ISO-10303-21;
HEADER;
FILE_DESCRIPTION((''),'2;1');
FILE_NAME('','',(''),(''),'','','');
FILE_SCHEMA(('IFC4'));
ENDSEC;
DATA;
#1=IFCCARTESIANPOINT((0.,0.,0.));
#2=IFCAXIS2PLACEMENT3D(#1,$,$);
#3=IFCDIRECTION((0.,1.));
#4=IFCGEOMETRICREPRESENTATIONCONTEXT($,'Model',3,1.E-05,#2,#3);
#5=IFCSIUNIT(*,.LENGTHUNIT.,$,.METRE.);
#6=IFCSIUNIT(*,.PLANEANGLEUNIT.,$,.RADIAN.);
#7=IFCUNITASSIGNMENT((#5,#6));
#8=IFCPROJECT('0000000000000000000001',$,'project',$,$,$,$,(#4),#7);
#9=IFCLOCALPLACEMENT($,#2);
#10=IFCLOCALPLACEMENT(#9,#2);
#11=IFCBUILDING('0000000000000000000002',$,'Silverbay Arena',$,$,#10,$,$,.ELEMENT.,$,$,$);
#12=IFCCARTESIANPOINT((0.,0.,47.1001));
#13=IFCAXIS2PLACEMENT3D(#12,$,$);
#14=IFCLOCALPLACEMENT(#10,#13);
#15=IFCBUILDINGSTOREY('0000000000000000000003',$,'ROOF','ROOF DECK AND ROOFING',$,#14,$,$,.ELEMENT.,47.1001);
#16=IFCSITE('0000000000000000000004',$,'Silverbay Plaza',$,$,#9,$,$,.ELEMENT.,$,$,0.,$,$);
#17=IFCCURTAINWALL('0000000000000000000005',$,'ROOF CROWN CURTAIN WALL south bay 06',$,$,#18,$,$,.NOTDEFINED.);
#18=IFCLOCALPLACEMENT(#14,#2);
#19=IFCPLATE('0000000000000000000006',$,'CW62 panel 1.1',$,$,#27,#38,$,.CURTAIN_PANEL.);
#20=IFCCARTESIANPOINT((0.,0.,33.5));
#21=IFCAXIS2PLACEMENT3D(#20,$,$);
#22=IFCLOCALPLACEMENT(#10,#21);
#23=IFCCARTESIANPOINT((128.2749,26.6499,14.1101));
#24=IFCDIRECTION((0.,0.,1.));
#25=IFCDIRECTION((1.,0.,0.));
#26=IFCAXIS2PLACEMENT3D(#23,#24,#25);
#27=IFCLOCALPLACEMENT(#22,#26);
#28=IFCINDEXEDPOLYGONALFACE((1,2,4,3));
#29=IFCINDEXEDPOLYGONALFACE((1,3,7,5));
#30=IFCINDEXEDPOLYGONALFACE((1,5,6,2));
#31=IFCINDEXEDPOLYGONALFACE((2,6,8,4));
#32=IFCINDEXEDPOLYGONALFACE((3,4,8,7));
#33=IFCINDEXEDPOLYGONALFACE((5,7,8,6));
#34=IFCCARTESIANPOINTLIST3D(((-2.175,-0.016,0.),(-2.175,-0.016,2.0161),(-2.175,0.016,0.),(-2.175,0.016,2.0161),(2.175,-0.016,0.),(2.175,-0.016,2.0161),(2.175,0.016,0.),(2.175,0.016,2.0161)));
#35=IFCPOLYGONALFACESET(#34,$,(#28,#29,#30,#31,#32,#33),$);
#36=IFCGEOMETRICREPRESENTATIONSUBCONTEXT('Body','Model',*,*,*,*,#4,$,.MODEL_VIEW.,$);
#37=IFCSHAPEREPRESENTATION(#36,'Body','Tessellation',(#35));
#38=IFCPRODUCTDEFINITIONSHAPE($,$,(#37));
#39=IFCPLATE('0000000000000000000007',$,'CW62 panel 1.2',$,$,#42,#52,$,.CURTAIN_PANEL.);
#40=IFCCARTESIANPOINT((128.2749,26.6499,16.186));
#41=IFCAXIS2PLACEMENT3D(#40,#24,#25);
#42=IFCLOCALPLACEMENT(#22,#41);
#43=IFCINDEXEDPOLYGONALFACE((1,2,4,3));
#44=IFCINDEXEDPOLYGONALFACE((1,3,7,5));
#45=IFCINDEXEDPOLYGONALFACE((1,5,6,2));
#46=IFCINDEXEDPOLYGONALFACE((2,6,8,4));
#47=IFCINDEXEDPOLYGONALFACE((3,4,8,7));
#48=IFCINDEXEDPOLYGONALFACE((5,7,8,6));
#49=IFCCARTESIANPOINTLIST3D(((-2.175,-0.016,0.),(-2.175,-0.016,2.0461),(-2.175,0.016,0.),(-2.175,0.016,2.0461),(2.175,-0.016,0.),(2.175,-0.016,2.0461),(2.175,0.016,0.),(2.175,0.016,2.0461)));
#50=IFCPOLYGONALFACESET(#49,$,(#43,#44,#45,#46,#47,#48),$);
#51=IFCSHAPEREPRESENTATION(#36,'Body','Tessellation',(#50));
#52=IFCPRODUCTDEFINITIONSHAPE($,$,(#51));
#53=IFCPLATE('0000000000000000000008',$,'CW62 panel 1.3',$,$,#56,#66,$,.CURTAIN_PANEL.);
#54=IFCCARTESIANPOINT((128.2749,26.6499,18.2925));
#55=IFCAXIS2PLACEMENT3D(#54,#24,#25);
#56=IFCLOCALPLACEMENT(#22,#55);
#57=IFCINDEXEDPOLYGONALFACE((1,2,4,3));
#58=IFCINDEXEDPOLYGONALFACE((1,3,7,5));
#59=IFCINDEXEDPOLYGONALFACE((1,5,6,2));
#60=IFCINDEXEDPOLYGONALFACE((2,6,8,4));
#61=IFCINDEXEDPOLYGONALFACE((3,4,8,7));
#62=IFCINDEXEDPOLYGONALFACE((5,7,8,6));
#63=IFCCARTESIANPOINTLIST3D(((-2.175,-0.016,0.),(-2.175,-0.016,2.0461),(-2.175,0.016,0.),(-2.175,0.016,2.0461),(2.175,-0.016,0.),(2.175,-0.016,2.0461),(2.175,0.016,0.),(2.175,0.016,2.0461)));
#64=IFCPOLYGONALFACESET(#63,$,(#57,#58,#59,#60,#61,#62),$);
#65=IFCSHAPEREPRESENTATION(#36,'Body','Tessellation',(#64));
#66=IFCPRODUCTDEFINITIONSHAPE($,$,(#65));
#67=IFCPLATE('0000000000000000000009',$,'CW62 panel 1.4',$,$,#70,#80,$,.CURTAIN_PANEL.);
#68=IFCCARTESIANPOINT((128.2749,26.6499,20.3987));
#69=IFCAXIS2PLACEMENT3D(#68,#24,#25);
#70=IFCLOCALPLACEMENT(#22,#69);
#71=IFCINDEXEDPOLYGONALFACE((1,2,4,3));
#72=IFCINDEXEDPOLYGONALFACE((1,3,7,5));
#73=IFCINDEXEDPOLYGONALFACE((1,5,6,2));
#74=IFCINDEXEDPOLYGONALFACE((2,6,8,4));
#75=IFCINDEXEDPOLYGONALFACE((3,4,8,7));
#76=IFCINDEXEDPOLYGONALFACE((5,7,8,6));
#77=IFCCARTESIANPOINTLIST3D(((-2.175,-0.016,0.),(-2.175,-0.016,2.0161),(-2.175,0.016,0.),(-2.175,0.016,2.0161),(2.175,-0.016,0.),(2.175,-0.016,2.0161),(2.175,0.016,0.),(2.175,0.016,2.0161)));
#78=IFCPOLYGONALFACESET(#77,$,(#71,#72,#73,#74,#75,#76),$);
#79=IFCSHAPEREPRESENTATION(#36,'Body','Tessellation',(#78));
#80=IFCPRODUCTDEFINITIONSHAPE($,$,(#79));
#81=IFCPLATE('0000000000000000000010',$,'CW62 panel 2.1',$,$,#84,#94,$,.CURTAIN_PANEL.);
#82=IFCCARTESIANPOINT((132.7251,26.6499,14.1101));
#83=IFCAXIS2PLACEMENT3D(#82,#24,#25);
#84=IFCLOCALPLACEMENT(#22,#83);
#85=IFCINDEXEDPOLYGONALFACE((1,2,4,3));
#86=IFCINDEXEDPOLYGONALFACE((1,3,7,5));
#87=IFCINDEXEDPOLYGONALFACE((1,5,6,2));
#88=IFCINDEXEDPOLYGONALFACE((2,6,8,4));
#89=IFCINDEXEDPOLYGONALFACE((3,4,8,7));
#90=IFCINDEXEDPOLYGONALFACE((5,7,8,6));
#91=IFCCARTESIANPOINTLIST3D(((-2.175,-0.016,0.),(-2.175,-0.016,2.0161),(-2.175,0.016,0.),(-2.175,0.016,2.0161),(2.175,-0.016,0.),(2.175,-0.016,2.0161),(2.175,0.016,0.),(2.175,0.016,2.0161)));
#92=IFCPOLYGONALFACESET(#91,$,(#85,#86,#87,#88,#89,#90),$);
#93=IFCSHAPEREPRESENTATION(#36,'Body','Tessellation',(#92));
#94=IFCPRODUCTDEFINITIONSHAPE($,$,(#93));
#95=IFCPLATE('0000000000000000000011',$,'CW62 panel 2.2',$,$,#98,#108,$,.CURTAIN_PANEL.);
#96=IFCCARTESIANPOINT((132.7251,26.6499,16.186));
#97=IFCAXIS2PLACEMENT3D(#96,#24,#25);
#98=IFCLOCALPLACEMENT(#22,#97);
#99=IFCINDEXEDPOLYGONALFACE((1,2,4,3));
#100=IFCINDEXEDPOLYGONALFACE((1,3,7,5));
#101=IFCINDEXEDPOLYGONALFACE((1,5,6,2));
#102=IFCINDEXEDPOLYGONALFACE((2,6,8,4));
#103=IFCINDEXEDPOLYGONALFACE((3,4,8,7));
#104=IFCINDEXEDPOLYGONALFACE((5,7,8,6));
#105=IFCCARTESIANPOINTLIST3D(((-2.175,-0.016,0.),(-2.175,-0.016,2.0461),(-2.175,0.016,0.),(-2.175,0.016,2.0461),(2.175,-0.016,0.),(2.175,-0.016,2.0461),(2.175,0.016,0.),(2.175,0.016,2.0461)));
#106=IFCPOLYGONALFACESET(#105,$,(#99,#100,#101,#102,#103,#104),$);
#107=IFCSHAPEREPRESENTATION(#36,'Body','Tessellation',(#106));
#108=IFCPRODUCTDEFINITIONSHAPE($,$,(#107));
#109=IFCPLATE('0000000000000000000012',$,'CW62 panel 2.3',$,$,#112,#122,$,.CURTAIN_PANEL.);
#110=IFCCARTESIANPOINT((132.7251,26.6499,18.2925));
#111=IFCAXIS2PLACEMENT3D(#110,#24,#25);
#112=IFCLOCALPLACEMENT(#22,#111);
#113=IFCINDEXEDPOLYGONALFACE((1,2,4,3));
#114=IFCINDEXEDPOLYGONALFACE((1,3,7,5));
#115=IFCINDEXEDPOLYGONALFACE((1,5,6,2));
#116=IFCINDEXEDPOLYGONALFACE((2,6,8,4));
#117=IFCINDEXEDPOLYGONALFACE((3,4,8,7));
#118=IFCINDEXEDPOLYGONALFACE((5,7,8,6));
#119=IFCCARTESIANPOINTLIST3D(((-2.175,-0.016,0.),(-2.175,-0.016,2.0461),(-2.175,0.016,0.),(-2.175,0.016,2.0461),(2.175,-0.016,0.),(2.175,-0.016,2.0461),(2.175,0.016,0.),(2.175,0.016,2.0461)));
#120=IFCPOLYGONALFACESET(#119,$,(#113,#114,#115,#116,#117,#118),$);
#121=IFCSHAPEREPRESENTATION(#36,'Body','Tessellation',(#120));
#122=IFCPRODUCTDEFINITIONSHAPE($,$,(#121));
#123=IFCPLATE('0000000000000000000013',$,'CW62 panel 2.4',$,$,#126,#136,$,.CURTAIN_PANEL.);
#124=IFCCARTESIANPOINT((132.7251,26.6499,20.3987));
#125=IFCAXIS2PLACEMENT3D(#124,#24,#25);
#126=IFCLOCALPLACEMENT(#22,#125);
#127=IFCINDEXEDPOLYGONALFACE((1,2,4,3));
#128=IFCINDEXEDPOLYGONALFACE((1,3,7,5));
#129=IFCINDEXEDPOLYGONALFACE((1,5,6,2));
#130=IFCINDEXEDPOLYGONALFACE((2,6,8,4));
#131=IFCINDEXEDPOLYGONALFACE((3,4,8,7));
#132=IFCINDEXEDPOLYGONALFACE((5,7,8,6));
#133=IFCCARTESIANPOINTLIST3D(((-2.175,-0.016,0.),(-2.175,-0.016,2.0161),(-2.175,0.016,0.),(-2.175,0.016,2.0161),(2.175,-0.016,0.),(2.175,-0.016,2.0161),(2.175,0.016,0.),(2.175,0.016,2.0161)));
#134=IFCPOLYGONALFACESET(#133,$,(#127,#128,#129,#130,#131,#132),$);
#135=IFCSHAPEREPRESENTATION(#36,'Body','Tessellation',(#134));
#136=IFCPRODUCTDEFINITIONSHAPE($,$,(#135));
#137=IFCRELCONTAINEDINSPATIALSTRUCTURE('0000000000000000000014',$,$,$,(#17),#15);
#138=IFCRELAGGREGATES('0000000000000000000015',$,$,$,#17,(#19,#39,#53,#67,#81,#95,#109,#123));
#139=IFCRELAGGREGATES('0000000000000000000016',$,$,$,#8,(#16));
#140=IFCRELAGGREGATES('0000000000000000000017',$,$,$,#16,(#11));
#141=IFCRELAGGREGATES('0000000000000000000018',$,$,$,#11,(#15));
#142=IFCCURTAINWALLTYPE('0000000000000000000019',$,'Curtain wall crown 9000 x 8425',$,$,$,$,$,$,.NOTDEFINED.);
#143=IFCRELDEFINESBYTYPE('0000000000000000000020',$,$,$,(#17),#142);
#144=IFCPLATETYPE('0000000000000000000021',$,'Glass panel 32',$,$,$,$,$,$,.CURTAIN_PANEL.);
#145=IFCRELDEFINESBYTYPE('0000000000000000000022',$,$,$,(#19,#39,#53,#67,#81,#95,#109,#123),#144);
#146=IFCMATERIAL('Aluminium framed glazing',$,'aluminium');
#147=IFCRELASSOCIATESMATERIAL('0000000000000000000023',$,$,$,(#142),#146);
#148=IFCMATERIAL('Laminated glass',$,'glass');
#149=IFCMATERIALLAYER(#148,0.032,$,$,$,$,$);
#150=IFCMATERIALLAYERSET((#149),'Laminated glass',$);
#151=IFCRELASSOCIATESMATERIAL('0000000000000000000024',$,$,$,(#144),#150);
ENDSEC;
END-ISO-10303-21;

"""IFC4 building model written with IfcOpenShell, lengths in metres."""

from ifc_helpers import new_model, si_unit, direction, frame, origin, origin_2d, place, context, subcontext, project, spatial, rectangle, extrude, material, layer, layer_set, type_object, element, aggregate, save


model = new_model("IFC4")

# Units and contexts
model_context = context("Model", 3, precision=1e-05, world=origin(), true_north=direction((0.0, 1.0)))
body_context = subcontext(model_context, "Body", "Model", "MODEL_VIEW")
ifc_project = project(units=[si_unit("LENGTHUNIT", "METRE"), si_unit("PLANEANGLEUNIT", "RADIAN")], contexts=[model_context])

# Site, building, storey
site_placement = place(None, origin())
site = spatial("IfcSite", under=ifc_project, at=site_placement, Name="Silverbay Plaza", CompositionType="ELEMENT", RefElevation=0.0)
building_placement = place(site_placement, origin())
building = spatial("IfcBuilding", under=site, at=building_placement, Name="Silverbay Arena", CompositionType="ELEMENT")
storey_placement = place(building_placement, frame((0.0, 0.0, 47.1001)))
storey = spatial("IfcBuildingStorey", under=building, at=storey_placement, Name="ROOF", Description="ROOF DECK AND ROOFING", CompositionType="ELEMENT", Elevation=47.1001)

# Curtain wall
ifc_material_1 = material(Name="Aluminium framed glazing", Category="aluminium")
curtain_wall_type = type_object("IfcCurtainWallType", Name="Curtain wall crown 9000 x 8425", PredefinedType="NOTDEFINED", material=ifc_material_1)
curtain_wall_placement = place(storey_placement, origin())
curtain_wall = element("IfcCurtainWall", 1, at=curtain_wall_placement, inside=storey, type_object=curtain_wall_type, Name="ROOF CROWN CURTAIN WALL south bay 06", PredefinedType="NOTDEFINED")
placement = place(building_placement, frame((0.0, 0.0, 33.5)))

# Plates
ifc_material_2 = material(Name="Laminated glass", Category="glass")
ifc_layer_1 = layer(ifc_material_2, 0.032)
ifc_layer_set_1 = layer_set([ifc_layer_1], Name="Laminated glass")
plate_type = type_object("IfcPlateType", Name="Glass panel 32", PredefinedType="CURTAIN_PANEL", material=ifc_layer_set_1)
plate_1_placement = place(placement, frame((128.2749, 26.6499, 14.1101), z_axis=(0.0, 0.0, 1.0), x_axis=(1.0, 0.0, 0.0)))
plate_1 = element("IfcPlate", 2, at=plate_1_placement, type_object=plate_type, Name="CW62 panel 1.1", PredefinedType="CURTAIN_PANEL", context=body_context, shape_type="SweptSolid", body=[
    extrude(rectangle(XDim=4.3501, YDim=0.032, at=origin_2d()), origin(), (0.0, 0.0, 1.0), 2.0161),
])
plate_2_placement = place(placement, frame((128.2749, 26.6499, 16.186), z_axis=(0.0, 0.0, 1.0), x_axis=(1.0, 0.0, 0.0)))
plate_2 = element("IfcPlate", 3, at=plate_2_placement, type_object=plate_type, Name="CW62 panel 1.2", PredefinedType="CURTAIN_PANEL", context=body_context, shape_type="SweptSolid", body=[
    extrude(rectangle(XDim=4.3501, YDim=0.032, at=origin_2d()), origin(), (0.0, 0.0, 1.0), 2.0461),
])
plate_3_placement = place(placement, frame((128.2749, 26.6499, 18.2925), z_axis=(0.0, 0.0, 1.0), x_axis=(1.0, 0.0, 0.0)))
plate_3 = element("IfcPlate", 4, at=plate_3_placement, type_object=plate_type, Name="CW62 panel 1.3", PredefinedType="CURTAIN_PANEL", context=body_context, shape_type="SweptSolid", body=[
    extrude(rectangle(XDim=4.3501, YDim=0.032, at=origin_2d()), origin(), (0.0, 0.0, 1.0), 2.0461),
])
plate_4_placement = place(placement, frame((128.2749, 26.6499, 20.3987), z_axis=(0.0, 0.0, 1.0), x_axis=(1.0, 0.0, 0.0)))
plate_4 = element("IfcPlate", 5, at=plate_4_placement, type_object=plate_type, Name="CW62 panel 1.4", PredefinedType="CURTAIN_PANEL", context=body_context, shape_type="SweptSolid", body=[
    extrude(rectangle(XDim=4.3501, YDim=0.032, at=origin_2d()), origin(), (0.0, 0.0, 1.0), 2.0161),
])
plate_5_placement = place(placement, frame((132.7251, 26.6499, 14.1101), z_axis=(0.0, 0.0, 1.0), x_axis=(1.0, 0.0, 0.0)))
plate_5 = element("IfcPlate", 6, at=plate_5_placement, type_object=plate_type, Name="CW62 panel 2.1", PredefinedType="CURTAIN_PANEL", context=body_context, shape_type="SweptSolid", body=[
    extrude(rectangle(XDim=4.3501, YDim=0.032, at=origin_2d()), origin(), (0.0, 0.0, 1.0), 2.0161),
])
plate_6_placement = place(placement, frame((132.7251, 26.6499, 16.186), z_axis=(0.0, 0.0, 1.0), x_axis=(1.0, 0.0, 0.0)))
plate_6 = element("IfcPlate", 7, at=plate_6_placement, type_object=plate_type, Name="CW62 panel 2.2", PredefinedType="CURTAIN_PANEL", context=body_context, shape_type="SweptSolid", body=[
    extrude(rectangle(XDim=4.3501, YDim=0.032, at=origin_2d()), origin(), (0.0, 0.0, 1.0), 2.0461),
])
plate_7_placement = place(placement, frame((132.7251, 26.6499, 18.2925), z_axis=(0.0, 0.0, 1.0), x_axis=(1.0, 0.0, 0.0)))
plate_7 = element("IfcPlate", 8, at=plate_7_placement, type_object=plate_type, Name="CW62 panel 2.3", PredefinedType="CURTAIN_PANEL", context=body_context, shape_type="SweptSolid", body=[
    extrude(rectangle(XDim=4.3501, YDim=0.032, at=origin_2d()), origin(), (0.0, 0.0, 1.0), 2.0461),
])
plate_8_placement = place(placement, frame((132.7251, 26.6499, 20.3987), z_axis=(0.0, 0.0, 1.0), x_axis=(1.0, 0.0, 0.0)))
plate_8 = element("IfcPlate", 9, at=plate_8_placement, type_object=plate_type, Name="CW62 panel 2.4", PredefinedType="CURTAIN_PANEL", context=body_context, shape_type="SweptSolid", body=[
    extrude(rectangle(XDim=4.3501, YDim=0.032, at=origin_2d()), origin(), (0.0, 0.0, 1.0), 2.0161),
])
aggregate(curtain_wall, [plate_1, plate_2, plate_3, plate_4, plate_5, plate_6, plate_7, plate_8])

save(model, "model.ifc")
